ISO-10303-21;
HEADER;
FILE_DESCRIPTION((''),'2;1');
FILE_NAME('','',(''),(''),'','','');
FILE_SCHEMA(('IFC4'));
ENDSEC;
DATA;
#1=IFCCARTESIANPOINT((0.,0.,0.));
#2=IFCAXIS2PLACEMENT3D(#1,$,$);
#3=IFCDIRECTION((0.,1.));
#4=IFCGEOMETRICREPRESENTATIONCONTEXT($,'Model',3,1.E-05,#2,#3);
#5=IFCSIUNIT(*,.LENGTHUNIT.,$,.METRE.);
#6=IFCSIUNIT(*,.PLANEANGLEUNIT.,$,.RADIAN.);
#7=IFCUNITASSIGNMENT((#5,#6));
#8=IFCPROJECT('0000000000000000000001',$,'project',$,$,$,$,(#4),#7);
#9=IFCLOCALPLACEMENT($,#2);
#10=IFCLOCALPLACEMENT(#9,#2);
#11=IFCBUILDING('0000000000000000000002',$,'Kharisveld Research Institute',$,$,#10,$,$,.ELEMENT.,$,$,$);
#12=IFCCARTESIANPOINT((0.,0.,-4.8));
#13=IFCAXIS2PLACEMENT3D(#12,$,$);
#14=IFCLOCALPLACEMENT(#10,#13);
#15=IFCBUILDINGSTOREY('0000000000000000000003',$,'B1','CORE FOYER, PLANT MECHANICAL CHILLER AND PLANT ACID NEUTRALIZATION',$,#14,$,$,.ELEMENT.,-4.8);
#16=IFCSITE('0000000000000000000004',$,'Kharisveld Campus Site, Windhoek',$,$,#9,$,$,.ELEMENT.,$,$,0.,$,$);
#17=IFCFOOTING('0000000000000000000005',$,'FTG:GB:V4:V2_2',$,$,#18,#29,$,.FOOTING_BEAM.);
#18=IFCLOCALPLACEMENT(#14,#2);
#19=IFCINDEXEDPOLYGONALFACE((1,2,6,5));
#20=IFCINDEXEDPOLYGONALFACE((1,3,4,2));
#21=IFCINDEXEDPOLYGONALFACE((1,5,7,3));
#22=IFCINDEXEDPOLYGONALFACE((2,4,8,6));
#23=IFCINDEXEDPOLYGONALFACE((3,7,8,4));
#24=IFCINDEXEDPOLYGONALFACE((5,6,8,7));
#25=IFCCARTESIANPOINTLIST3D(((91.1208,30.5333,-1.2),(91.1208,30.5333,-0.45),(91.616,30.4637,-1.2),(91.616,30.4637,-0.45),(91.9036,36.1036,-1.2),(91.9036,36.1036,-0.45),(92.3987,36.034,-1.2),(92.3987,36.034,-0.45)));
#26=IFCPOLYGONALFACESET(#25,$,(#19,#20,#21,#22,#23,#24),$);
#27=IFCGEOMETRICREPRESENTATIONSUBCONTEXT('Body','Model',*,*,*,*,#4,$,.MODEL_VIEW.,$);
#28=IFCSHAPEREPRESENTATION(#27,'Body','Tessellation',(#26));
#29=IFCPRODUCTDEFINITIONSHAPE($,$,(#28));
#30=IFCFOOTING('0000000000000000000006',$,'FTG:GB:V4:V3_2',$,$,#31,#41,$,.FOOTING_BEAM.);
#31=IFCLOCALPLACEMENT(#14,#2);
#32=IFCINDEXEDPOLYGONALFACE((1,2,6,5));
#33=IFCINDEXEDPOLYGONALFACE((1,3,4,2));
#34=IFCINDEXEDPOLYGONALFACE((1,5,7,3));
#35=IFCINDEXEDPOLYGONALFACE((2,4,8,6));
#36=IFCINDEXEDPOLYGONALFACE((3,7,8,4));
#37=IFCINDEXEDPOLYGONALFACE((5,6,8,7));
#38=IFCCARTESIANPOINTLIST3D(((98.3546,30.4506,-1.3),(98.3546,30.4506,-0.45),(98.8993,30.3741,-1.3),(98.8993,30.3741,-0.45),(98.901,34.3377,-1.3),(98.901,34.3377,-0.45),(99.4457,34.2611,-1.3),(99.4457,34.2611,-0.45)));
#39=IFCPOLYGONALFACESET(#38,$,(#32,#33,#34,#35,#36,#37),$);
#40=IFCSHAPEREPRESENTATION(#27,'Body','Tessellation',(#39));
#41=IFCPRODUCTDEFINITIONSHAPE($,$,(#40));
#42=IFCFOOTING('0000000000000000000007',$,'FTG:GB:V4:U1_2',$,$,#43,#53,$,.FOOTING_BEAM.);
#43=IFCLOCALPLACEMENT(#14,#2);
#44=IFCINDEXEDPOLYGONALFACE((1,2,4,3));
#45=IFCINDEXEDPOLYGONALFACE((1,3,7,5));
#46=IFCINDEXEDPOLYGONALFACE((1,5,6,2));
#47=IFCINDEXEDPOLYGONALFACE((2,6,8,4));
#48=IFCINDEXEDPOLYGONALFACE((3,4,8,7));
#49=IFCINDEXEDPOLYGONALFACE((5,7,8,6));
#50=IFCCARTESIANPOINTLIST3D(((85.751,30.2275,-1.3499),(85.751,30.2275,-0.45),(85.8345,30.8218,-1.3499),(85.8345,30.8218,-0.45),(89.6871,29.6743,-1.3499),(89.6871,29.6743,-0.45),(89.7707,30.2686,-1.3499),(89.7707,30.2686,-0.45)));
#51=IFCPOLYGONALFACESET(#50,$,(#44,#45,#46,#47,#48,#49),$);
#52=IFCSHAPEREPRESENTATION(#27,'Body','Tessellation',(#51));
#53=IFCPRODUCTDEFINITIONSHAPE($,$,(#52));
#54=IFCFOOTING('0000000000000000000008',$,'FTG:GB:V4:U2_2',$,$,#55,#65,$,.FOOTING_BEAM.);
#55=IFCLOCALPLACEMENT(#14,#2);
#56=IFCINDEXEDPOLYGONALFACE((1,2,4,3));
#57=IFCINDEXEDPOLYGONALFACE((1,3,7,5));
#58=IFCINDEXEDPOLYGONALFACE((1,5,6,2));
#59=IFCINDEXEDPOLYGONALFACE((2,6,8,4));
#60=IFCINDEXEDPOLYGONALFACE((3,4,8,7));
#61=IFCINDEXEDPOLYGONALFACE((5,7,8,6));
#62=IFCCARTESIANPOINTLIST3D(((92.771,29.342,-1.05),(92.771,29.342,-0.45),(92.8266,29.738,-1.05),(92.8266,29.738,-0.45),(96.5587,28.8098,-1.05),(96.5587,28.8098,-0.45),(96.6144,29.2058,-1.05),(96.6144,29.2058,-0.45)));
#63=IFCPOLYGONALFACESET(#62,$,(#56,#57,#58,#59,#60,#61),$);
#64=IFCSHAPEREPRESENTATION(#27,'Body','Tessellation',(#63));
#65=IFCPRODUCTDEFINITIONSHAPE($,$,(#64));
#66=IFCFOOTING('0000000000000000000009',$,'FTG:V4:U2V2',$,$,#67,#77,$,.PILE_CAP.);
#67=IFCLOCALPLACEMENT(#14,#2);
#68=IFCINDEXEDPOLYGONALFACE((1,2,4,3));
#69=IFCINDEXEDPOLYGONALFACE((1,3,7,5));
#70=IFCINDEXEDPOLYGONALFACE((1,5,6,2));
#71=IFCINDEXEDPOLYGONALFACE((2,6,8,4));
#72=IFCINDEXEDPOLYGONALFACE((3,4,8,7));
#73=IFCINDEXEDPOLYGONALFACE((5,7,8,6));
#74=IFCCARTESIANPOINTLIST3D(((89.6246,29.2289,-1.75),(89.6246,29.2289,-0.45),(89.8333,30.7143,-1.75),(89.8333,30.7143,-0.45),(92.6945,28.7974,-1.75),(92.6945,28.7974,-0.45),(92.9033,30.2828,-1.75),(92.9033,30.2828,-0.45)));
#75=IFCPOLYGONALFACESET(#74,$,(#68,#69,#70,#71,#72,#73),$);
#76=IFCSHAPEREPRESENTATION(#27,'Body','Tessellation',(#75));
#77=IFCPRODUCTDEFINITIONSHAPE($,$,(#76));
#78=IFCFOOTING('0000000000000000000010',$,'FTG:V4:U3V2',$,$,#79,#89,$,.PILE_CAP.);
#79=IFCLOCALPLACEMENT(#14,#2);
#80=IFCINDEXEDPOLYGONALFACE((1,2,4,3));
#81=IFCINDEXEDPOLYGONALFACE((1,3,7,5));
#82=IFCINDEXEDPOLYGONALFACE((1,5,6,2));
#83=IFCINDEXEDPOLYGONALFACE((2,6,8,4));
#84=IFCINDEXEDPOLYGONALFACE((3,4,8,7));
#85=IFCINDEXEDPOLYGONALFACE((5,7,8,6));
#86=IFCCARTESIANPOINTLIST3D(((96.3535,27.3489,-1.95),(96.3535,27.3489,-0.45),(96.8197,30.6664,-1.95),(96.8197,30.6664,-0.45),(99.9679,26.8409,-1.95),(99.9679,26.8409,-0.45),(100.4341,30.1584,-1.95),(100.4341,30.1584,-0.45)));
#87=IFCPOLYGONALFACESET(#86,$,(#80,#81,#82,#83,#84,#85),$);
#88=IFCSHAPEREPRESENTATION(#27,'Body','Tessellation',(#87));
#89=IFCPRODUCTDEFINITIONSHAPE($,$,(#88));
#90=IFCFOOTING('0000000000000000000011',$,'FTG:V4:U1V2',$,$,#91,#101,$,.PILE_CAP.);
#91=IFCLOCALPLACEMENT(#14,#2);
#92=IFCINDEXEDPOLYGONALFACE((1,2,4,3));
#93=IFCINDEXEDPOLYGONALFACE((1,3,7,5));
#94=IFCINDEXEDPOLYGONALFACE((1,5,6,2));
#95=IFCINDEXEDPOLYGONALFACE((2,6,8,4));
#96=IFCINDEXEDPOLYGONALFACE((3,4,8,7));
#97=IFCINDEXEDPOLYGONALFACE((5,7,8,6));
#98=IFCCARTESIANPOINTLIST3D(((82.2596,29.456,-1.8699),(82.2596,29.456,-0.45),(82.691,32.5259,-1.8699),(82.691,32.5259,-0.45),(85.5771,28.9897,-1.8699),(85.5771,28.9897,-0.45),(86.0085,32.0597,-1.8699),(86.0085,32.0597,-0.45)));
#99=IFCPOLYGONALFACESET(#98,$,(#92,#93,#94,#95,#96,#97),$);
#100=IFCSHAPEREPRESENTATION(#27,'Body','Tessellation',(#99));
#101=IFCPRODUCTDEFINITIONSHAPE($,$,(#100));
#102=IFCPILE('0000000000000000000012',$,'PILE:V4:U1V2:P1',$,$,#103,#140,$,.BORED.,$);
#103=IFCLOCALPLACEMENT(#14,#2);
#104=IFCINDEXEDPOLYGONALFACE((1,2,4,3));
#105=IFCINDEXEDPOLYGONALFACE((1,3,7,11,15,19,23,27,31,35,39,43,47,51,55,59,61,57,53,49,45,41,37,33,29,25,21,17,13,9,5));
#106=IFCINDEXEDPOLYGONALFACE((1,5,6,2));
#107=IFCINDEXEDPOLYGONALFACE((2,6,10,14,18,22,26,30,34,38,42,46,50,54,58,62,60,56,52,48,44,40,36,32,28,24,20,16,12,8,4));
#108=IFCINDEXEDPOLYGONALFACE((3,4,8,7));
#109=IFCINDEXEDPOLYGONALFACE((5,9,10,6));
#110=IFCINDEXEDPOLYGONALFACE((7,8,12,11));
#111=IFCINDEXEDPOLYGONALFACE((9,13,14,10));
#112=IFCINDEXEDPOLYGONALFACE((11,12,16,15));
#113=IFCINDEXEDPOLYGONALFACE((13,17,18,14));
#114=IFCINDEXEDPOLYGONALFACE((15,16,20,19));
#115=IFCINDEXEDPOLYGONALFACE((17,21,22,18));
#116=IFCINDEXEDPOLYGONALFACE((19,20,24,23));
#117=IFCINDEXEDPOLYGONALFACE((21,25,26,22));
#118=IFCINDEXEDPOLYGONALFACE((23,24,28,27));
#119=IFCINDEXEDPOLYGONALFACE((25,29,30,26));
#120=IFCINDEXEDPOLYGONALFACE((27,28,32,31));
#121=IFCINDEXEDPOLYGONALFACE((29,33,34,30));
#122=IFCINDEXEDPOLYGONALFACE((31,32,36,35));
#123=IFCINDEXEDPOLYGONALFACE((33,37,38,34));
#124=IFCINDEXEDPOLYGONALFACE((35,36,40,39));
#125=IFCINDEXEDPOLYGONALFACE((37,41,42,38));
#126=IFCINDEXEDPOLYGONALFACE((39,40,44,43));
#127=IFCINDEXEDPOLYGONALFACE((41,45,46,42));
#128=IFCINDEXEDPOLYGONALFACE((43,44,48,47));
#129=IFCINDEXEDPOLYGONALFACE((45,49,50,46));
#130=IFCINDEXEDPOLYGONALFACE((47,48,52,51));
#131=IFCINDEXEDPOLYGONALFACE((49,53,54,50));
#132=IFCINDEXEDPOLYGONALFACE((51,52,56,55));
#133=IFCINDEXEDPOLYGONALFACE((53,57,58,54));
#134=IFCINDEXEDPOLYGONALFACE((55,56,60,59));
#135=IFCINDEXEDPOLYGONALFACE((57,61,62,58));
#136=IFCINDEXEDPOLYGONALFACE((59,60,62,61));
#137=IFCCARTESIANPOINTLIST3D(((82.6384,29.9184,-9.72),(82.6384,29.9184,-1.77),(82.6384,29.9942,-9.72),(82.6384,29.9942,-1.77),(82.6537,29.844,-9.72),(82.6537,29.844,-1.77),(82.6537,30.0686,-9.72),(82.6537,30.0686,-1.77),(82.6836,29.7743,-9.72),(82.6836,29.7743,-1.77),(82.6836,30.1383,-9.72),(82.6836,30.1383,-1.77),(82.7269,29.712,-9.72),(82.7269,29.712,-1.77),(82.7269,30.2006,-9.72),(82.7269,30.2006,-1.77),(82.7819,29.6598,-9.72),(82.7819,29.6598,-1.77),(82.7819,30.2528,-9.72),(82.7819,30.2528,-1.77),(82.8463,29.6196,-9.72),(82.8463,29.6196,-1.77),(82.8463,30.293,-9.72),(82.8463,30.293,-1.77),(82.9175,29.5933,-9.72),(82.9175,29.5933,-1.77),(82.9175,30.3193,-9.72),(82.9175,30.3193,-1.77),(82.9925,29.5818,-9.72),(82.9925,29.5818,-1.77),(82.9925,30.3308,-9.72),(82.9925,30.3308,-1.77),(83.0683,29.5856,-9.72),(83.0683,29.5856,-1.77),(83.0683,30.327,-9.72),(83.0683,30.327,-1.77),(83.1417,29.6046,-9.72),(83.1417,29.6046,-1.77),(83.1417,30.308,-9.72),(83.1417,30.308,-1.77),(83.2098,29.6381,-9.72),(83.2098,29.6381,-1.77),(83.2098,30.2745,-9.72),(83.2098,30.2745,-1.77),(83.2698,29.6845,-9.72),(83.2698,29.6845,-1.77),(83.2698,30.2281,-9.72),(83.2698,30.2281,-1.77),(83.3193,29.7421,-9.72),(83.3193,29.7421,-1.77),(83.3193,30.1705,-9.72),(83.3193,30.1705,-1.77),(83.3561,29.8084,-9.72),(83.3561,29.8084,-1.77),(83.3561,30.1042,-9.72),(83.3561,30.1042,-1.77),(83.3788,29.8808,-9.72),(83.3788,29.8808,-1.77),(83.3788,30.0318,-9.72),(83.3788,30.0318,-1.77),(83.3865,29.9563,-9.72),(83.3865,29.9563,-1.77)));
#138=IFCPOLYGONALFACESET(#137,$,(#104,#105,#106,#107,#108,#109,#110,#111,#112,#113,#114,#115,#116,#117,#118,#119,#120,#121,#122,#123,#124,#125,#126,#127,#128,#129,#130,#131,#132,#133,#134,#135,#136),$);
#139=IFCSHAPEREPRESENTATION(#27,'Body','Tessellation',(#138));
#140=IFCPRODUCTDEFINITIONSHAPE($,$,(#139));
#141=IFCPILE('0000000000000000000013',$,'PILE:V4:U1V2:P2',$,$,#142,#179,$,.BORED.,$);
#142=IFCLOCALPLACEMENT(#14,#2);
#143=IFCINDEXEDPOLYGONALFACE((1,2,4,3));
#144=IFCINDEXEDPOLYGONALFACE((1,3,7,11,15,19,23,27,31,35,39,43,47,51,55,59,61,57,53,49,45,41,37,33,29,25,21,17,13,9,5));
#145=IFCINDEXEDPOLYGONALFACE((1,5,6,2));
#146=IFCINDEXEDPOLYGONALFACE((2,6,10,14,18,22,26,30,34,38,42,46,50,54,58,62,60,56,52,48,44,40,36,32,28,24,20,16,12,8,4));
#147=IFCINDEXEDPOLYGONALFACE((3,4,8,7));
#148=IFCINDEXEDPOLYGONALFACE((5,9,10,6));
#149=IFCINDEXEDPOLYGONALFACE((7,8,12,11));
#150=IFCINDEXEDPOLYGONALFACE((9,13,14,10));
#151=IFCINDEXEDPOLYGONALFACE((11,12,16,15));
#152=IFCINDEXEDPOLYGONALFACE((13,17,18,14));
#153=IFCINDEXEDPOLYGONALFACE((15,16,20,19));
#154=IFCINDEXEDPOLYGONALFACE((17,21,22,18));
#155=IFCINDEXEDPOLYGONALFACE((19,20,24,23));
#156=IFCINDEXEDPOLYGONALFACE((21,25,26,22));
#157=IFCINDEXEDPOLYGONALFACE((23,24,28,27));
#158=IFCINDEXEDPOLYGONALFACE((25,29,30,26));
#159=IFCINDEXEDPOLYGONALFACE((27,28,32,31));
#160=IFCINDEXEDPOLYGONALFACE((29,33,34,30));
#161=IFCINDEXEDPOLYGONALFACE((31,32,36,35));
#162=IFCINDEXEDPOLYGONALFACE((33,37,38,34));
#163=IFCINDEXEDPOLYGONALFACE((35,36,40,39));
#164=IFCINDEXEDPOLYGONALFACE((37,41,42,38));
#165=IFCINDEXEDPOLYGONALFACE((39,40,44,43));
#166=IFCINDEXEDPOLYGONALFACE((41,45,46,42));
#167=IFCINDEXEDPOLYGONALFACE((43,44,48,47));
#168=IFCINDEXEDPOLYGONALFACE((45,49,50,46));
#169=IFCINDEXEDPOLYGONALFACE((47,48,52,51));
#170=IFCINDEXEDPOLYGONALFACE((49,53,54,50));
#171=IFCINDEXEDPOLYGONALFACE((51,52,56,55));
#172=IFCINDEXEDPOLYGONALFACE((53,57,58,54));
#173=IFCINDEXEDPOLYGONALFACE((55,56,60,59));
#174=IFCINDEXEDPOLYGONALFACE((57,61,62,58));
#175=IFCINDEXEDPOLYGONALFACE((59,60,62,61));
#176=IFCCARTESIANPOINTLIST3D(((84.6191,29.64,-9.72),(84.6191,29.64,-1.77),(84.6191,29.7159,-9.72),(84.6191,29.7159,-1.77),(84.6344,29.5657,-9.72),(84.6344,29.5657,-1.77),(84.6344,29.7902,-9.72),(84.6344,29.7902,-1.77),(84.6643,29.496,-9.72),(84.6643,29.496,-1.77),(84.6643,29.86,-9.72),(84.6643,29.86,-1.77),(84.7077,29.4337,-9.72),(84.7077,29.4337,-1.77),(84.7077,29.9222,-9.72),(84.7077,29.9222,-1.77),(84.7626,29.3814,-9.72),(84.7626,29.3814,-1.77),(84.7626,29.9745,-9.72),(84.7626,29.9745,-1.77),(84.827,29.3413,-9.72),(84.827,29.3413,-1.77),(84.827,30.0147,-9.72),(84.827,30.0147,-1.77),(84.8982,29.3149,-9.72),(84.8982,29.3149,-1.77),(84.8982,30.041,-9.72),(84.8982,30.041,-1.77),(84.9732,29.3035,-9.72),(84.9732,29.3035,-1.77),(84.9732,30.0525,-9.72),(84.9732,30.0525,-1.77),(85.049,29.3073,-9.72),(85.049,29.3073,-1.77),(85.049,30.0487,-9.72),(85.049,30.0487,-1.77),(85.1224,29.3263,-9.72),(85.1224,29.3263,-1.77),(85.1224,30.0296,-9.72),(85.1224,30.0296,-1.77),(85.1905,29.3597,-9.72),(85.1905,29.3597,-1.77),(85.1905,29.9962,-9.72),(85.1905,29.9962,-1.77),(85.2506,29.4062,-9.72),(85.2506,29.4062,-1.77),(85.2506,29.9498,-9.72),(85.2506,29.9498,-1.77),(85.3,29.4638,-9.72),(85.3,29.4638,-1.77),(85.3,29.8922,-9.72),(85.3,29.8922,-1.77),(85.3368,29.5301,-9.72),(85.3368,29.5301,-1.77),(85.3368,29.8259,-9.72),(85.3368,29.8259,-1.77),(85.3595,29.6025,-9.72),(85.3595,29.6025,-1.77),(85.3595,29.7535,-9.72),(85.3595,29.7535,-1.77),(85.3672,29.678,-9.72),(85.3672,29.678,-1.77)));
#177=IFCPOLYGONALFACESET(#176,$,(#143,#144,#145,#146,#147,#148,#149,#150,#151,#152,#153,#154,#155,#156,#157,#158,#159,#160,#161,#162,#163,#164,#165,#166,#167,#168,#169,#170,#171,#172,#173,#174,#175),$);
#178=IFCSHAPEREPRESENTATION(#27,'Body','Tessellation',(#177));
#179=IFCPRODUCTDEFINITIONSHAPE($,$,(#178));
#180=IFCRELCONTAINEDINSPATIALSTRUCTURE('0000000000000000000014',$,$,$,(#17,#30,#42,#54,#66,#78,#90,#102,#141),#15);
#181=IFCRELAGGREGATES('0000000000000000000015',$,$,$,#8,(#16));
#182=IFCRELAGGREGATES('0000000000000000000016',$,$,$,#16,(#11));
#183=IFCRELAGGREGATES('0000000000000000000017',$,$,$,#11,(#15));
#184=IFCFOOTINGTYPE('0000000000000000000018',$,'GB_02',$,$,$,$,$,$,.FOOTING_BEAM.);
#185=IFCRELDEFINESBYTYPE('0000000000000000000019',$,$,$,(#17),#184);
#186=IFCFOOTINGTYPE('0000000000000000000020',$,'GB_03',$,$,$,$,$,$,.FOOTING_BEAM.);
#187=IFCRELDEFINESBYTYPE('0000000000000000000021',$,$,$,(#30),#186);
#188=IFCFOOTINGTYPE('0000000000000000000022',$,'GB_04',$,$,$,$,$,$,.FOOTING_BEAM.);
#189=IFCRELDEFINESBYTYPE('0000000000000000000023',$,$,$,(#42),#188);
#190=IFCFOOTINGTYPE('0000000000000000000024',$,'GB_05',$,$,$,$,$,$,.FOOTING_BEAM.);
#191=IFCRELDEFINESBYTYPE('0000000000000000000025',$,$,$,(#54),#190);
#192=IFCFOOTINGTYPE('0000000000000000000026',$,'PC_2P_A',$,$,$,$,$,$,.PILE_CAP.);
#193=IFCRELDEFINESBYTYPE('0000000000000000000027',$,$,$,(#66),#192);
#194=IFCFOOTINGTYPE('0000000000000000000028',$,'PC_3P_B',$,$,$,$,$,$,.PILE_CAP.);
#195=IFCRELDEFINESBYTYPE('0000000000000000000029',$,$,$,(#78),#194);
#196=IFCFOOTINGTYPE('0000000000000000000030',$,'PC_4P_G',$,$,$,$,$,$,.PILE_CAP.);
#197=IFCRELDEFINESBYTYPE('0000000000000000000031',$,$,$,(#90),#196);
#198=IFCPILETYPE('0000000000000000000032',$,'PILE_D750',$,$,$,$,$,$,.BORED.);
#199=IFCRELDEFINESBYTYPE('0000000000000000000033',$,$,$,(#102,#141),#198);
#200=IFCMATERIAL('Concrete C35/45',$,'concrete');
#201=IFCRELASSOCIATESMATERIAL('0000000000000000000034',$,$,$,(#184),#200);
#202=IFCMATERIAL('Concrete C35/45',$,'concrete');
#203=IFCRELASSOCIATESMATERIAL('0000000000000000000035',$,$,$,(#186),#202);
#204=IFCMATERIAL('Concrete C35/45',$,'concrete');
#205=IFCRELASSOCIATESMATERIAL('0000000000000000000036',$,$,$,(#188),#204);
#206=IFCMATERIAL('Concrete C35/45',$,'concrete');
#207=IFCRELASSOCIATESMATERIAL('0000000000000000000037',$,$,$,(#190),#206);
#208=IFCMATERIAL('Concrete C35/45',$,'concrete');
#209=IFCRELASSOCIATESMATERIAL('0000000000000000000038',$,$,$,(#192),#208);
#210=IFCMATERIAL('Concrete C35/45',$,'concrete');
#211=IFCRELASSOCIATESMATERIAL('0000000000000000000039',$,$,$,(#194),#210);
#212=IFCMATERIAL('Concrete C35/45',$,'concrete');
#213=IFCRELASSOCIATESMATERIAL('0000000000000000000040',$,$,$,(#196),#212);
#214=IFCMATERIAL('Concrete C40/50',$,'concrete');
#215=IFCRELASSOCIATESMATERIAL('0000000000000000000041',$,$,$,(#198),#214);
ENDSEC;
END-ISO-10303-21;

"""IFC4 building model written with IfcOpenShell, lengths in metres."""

from ifc_helpers import new_model, si_unit, direction, frame, origin, origin_2d, place, context, subcontext, project, spatial, rectangle, circle, extrude, material, material_profile, profile_set, type_object, element, save


model = new_model("IFC4")

# Units and contexts
model_context = context("Model", 3, precision=1e-05, world=origin(), true_north=direction((0.0, 1.0)))
body_context = subcontext(model_context, "Body", "Model", "MODEL_VIEW")
ifc_project = project(units=[si_unit("LENGTHUNIT", "METRE"), si_unit("PLANEANGLEUNIT", "RADIAN")], contexts=[model_context])

# Site, building, storey
site_placement = place(None, origin())
site = spatial("IfcSite", under=ifc_project, at=site_placement, Name="Kharisveld Campus Site, Windhoek", CompositionType="ELEMENT", RefElevation=0.0)
building_placement = place(site_placement, origin())
building = spatial("IfcBuilding", under=site, at=building_placement, Name="Kharisveld Research Institute", CompositionType="ELEMENT")
storey_placement = place(building_placement, frame((0.0, 0.0, -4.8)))
storey = spatial("IfcBuildingStorey", under=building, at=storey_placement, Name="B1", Description="CORE FOYER, PLANT MECHANICAL CHILLER AND PLANT ACID NEUTRALIZATION", CompositionType="ELEMENT", Elevation=-4.8)

# Footings
ifc_material_1 = material(Name="Concrete C35/45", Category="concrete")
ifc_material_profile_1 = material_profile(ifc_material_1, rectangle(XDim=0.5, YDim=0.75, at=origin_2d()))
ifc_profile_set_1 = profile_set([ifc_material_profile_1], Name="Concrete C35/45")
footing_type_1 = type_object("IfcFootingType", Name="GB_02", PredefinedType="FOOTING_BEAM", material=ifc_profile_set_1)
footing_1_placement = place(storey_placement, frame((91.3684, 30.4985, -0.825), z_axis=(0.139148, 0.990272, 0.0), x_axis=(-0.990272, 0.139148, 0.0)))
element("IfcFooting", 1, at=footing_1_placement, inside=storey, type_object=footing_type_1, Name="FTG:GB:V4:V2_2", PredefinedType="FOOTING_BEAM", context=body_context, shape_type="SweptSolid", body=[
    extrude(rectangle(XDim=0.5, YDim=0.75, at=origin_2d()), origin(), (0.0, 0.0, 1.0), 5.625),
])
ifc_material_2 = material(Name="Concrete C35/45", Category="concrete")
ifc_material_profile_2 = material_profile(ifc_material_2, rectangle(XDim=0.55, YDim=0.8501, at=origin_2d()))
ifc_profile_set_2 = profile_set([ifc_material_profile_2], Name="Concrete C35/45")
footing_type_2 = type_object("IfcFootingType", Name="GB_03", PredefinedType="FOOTING_BEAM", material=ifc_profile_set_2)
footing_2_placement = place(storey_placement, frame((98.627, 30.4124, -0.875), z_axis=(0.139201, 0.990264, 0.0), x_axis=(-0.990264, 0.139201, 0.0)))
element("IfcFooting", 2, at=footing_2_placement, inside=storey, type_object=footing_type_2, Name="FTG:GB:V4:V3_2", PredefinedType="FOOTING_BEAM", context=body_context, shape_type="SweptSolid", body=[
    extrude(rectangle(XDim=0.55, YDim=0.8501, at=origin_2d()), origin(), (0.0, 0.0, 1.0), 3.9253),
])
ifc_material_3 = material(Name="Concrete C35/45", Category="concrete")
ifc_material_profile_3 = material_profile(ifc_material_3, rectangle(XDim=0.6001, YDim=0.8999, at=origin_2d()))
ifc_profile_set_3 = profile_set([ifc_material_profile_3], Name="Concrete C35/45")
footing_type_3 = type_object("IfcFootingType", Name="GB_04", PredefinedType="FOOTING_BEAM", material=ifc_profile_set_3)
footing_3_placement = place(storey_placement, frame((85.7927, 30.5247, -0.8999), z_axis=(0.990268, -0.139177, 0.0), x_axis=(0.139177, 0.990268, 0.0)))
element("IfcFooting", 3, at=footing_3_placement, inside=storey, type_object=footing_type_3, Name="FTG:GB:V4:U1_2", PredefinedType="FOOTING_BEAM", context=body_context, shape_type="SweptSolid", body=[
    extrude(rectangle(XDim=0.6001, YDim=0.8999, at=origin_2d()), origin(), (0.0, 0.0, 1.0), 3.9749),
])
ifc_material_4 = material(Name="Concrete C35/45", Category="concrete")
ifc_material_profile_4 = material_profile(ifc_material_4, rectangle(XDim=0.3999, YDim=0.6001, at=origin_2d()))
ifc_profile_set_4 = profile_set([ifc_material_profile_4], Name="Concrete C35/45")
footing_type_4 = type_object("IfcFootingType", Name="GB_05", PredefinedType="FOOTING_BEAM", material=ifc_profile_set_4)
footing_4_placement = place(storey_placement, frame((92.7988, 29.54, -0.75), z_axis=(0.990272, -0.139142, 0.0), x_axis=(0.139142, 0.990272, 0.0)))
element("IfcFooting", 4, at=footing_4_placement, inside=storey, type_object=footing_type_4, Name="FTG:GB:V4:U2_2", PredefinedType="FOOTING_BEAM", context=body_context, shape_type="SweptSolid", body=[
    extrude(rectangle(XDim=0.3999, YDim=0.6001, at=origin_2d()), origin(), (0.0, 0.0, 1.0), 3.825),
])
ifc_material_5 = material(Name="Concrete C35/45", Category="concrete")
footing_type_5 = type_object("IfcFootingType", Name="PC_2P_A", PredefinedType="PILE_CAP", material=ifc_material_5)
footing_5_placement = place(storey_placement, frame((91.2639, 29.7559, -1.75), z_axis=(0.0, 0.0, 1.0), x_axis=(0.990268, -0.139173, 0.0)))
element("IfcFooting", 5, at=footing_5_placement, inside=storey, type_object=footing_type_5, Name="FTG:V4:U2V2", PredefinedType="PILE_CAP", context=body_context, shape_type="SweptSolid", body=[
    extrude(rectangle(XDim=3.1001, YDim=1.5, at=origin_2d()), origin(), (0.0, 0.0, 1.0), 1.3),
])
ifc_material_6 = material(Name="Concrete C35/45", Category="concrete")
footing_type_6 = type_object("IfcFootingType", Name="PC_3P_B", PredefinedType="PILE_CAP", material=ifc_material_6)
footing_6_placement = place(storey_placement, frame((98.3938, 28.7537, -1.95), z_axis=(0.0, 0.0, 1.0), x_axis=(0.990268, -0.139173, 0.0)))
element("IfcFooting", 6, at=footing_6_placement, inside=storey, type_object=footing_type_6, Name="FTG:V4:U3V2", PredefinedType="PILE_CAP", context=body_context, shape_type="SweptSolid", body=[
    extrude(rectangle(XDim=3.6499, YDim=3.3501, at=origin_2d()), origin(), (0.0, 0.0, 1.0), 1.5),
])
ifc_material_7 = material(Name="Concrete C35/45", Category="concrete")
footing_type_7 = type_object("IfcFootingType", Name="PC_4P_G", PredefinedType="PILE_CAP", material=ifc_material_7)
footing_7_placement = place(storey_placement, frame((84.134, 30.7578, -1.8699), z_axis=(0.0, 0.0, 1.0), x_axis=(0.990268, -0.139173, 0.0)))
element("IfcFooting", 7, at=footing_7_placement, inside=storey, type_object=footing_type_7, Name="FTG:V4:U1V2", PredefinedType="PILE_CAP", context=body_context, shape_type="SweptSolid", body=[
    extrude(rectangle(XDim=3.3501, YDim=3.1001, at=origin_2d()), origin(), (0.0, 0.0, 1.0), 1.4199),
])

# Piles
ifc_material_8 = material(Name="Concrete C40/50", Category="concrete")
ifc_material_profile_5 = material_profile(ifc_material_8, circle(Radius=0.375, at=origin_2d()))
ifc_profile_set_5 = profile_set([ifc_material_profile_5], Name="Concrete C40/50")
pile_type_1 = type_object("IfcPileType", Name="PILE_D750", PredefinedType="BORED", material=ifc_profile_set_5)
for number, where, z_axis, x_axis, name in (
    (8, (83.0115, 29.9563, -1.77), (0.0, 0.0, -1.0), (1.0, 0.0, 0.0), "PILE:V4:U1V2:P1"),
    (9, (84.9922, 29.678, -1.77), (0.0, 0.0, -1.0), (1.0, 0.0, 0.0), "PILE:V4:U1V2:P2"),
):
    element("IfcPile", number, at=place(storey_placement, frame(where, z_axis=z_axis, x_axis=x_axis)), inside=storey, type_object=pile_type_1, Name=name, PredefinedType="BORED", context=body_context, shape_type="SweptSolid", body=[
        extrude(circle(Radius=0.375, at=origin_2d()), origin(), (0.0, 0.0, 1.0), 7.95),
    ])

save(model, "model.ifc")
